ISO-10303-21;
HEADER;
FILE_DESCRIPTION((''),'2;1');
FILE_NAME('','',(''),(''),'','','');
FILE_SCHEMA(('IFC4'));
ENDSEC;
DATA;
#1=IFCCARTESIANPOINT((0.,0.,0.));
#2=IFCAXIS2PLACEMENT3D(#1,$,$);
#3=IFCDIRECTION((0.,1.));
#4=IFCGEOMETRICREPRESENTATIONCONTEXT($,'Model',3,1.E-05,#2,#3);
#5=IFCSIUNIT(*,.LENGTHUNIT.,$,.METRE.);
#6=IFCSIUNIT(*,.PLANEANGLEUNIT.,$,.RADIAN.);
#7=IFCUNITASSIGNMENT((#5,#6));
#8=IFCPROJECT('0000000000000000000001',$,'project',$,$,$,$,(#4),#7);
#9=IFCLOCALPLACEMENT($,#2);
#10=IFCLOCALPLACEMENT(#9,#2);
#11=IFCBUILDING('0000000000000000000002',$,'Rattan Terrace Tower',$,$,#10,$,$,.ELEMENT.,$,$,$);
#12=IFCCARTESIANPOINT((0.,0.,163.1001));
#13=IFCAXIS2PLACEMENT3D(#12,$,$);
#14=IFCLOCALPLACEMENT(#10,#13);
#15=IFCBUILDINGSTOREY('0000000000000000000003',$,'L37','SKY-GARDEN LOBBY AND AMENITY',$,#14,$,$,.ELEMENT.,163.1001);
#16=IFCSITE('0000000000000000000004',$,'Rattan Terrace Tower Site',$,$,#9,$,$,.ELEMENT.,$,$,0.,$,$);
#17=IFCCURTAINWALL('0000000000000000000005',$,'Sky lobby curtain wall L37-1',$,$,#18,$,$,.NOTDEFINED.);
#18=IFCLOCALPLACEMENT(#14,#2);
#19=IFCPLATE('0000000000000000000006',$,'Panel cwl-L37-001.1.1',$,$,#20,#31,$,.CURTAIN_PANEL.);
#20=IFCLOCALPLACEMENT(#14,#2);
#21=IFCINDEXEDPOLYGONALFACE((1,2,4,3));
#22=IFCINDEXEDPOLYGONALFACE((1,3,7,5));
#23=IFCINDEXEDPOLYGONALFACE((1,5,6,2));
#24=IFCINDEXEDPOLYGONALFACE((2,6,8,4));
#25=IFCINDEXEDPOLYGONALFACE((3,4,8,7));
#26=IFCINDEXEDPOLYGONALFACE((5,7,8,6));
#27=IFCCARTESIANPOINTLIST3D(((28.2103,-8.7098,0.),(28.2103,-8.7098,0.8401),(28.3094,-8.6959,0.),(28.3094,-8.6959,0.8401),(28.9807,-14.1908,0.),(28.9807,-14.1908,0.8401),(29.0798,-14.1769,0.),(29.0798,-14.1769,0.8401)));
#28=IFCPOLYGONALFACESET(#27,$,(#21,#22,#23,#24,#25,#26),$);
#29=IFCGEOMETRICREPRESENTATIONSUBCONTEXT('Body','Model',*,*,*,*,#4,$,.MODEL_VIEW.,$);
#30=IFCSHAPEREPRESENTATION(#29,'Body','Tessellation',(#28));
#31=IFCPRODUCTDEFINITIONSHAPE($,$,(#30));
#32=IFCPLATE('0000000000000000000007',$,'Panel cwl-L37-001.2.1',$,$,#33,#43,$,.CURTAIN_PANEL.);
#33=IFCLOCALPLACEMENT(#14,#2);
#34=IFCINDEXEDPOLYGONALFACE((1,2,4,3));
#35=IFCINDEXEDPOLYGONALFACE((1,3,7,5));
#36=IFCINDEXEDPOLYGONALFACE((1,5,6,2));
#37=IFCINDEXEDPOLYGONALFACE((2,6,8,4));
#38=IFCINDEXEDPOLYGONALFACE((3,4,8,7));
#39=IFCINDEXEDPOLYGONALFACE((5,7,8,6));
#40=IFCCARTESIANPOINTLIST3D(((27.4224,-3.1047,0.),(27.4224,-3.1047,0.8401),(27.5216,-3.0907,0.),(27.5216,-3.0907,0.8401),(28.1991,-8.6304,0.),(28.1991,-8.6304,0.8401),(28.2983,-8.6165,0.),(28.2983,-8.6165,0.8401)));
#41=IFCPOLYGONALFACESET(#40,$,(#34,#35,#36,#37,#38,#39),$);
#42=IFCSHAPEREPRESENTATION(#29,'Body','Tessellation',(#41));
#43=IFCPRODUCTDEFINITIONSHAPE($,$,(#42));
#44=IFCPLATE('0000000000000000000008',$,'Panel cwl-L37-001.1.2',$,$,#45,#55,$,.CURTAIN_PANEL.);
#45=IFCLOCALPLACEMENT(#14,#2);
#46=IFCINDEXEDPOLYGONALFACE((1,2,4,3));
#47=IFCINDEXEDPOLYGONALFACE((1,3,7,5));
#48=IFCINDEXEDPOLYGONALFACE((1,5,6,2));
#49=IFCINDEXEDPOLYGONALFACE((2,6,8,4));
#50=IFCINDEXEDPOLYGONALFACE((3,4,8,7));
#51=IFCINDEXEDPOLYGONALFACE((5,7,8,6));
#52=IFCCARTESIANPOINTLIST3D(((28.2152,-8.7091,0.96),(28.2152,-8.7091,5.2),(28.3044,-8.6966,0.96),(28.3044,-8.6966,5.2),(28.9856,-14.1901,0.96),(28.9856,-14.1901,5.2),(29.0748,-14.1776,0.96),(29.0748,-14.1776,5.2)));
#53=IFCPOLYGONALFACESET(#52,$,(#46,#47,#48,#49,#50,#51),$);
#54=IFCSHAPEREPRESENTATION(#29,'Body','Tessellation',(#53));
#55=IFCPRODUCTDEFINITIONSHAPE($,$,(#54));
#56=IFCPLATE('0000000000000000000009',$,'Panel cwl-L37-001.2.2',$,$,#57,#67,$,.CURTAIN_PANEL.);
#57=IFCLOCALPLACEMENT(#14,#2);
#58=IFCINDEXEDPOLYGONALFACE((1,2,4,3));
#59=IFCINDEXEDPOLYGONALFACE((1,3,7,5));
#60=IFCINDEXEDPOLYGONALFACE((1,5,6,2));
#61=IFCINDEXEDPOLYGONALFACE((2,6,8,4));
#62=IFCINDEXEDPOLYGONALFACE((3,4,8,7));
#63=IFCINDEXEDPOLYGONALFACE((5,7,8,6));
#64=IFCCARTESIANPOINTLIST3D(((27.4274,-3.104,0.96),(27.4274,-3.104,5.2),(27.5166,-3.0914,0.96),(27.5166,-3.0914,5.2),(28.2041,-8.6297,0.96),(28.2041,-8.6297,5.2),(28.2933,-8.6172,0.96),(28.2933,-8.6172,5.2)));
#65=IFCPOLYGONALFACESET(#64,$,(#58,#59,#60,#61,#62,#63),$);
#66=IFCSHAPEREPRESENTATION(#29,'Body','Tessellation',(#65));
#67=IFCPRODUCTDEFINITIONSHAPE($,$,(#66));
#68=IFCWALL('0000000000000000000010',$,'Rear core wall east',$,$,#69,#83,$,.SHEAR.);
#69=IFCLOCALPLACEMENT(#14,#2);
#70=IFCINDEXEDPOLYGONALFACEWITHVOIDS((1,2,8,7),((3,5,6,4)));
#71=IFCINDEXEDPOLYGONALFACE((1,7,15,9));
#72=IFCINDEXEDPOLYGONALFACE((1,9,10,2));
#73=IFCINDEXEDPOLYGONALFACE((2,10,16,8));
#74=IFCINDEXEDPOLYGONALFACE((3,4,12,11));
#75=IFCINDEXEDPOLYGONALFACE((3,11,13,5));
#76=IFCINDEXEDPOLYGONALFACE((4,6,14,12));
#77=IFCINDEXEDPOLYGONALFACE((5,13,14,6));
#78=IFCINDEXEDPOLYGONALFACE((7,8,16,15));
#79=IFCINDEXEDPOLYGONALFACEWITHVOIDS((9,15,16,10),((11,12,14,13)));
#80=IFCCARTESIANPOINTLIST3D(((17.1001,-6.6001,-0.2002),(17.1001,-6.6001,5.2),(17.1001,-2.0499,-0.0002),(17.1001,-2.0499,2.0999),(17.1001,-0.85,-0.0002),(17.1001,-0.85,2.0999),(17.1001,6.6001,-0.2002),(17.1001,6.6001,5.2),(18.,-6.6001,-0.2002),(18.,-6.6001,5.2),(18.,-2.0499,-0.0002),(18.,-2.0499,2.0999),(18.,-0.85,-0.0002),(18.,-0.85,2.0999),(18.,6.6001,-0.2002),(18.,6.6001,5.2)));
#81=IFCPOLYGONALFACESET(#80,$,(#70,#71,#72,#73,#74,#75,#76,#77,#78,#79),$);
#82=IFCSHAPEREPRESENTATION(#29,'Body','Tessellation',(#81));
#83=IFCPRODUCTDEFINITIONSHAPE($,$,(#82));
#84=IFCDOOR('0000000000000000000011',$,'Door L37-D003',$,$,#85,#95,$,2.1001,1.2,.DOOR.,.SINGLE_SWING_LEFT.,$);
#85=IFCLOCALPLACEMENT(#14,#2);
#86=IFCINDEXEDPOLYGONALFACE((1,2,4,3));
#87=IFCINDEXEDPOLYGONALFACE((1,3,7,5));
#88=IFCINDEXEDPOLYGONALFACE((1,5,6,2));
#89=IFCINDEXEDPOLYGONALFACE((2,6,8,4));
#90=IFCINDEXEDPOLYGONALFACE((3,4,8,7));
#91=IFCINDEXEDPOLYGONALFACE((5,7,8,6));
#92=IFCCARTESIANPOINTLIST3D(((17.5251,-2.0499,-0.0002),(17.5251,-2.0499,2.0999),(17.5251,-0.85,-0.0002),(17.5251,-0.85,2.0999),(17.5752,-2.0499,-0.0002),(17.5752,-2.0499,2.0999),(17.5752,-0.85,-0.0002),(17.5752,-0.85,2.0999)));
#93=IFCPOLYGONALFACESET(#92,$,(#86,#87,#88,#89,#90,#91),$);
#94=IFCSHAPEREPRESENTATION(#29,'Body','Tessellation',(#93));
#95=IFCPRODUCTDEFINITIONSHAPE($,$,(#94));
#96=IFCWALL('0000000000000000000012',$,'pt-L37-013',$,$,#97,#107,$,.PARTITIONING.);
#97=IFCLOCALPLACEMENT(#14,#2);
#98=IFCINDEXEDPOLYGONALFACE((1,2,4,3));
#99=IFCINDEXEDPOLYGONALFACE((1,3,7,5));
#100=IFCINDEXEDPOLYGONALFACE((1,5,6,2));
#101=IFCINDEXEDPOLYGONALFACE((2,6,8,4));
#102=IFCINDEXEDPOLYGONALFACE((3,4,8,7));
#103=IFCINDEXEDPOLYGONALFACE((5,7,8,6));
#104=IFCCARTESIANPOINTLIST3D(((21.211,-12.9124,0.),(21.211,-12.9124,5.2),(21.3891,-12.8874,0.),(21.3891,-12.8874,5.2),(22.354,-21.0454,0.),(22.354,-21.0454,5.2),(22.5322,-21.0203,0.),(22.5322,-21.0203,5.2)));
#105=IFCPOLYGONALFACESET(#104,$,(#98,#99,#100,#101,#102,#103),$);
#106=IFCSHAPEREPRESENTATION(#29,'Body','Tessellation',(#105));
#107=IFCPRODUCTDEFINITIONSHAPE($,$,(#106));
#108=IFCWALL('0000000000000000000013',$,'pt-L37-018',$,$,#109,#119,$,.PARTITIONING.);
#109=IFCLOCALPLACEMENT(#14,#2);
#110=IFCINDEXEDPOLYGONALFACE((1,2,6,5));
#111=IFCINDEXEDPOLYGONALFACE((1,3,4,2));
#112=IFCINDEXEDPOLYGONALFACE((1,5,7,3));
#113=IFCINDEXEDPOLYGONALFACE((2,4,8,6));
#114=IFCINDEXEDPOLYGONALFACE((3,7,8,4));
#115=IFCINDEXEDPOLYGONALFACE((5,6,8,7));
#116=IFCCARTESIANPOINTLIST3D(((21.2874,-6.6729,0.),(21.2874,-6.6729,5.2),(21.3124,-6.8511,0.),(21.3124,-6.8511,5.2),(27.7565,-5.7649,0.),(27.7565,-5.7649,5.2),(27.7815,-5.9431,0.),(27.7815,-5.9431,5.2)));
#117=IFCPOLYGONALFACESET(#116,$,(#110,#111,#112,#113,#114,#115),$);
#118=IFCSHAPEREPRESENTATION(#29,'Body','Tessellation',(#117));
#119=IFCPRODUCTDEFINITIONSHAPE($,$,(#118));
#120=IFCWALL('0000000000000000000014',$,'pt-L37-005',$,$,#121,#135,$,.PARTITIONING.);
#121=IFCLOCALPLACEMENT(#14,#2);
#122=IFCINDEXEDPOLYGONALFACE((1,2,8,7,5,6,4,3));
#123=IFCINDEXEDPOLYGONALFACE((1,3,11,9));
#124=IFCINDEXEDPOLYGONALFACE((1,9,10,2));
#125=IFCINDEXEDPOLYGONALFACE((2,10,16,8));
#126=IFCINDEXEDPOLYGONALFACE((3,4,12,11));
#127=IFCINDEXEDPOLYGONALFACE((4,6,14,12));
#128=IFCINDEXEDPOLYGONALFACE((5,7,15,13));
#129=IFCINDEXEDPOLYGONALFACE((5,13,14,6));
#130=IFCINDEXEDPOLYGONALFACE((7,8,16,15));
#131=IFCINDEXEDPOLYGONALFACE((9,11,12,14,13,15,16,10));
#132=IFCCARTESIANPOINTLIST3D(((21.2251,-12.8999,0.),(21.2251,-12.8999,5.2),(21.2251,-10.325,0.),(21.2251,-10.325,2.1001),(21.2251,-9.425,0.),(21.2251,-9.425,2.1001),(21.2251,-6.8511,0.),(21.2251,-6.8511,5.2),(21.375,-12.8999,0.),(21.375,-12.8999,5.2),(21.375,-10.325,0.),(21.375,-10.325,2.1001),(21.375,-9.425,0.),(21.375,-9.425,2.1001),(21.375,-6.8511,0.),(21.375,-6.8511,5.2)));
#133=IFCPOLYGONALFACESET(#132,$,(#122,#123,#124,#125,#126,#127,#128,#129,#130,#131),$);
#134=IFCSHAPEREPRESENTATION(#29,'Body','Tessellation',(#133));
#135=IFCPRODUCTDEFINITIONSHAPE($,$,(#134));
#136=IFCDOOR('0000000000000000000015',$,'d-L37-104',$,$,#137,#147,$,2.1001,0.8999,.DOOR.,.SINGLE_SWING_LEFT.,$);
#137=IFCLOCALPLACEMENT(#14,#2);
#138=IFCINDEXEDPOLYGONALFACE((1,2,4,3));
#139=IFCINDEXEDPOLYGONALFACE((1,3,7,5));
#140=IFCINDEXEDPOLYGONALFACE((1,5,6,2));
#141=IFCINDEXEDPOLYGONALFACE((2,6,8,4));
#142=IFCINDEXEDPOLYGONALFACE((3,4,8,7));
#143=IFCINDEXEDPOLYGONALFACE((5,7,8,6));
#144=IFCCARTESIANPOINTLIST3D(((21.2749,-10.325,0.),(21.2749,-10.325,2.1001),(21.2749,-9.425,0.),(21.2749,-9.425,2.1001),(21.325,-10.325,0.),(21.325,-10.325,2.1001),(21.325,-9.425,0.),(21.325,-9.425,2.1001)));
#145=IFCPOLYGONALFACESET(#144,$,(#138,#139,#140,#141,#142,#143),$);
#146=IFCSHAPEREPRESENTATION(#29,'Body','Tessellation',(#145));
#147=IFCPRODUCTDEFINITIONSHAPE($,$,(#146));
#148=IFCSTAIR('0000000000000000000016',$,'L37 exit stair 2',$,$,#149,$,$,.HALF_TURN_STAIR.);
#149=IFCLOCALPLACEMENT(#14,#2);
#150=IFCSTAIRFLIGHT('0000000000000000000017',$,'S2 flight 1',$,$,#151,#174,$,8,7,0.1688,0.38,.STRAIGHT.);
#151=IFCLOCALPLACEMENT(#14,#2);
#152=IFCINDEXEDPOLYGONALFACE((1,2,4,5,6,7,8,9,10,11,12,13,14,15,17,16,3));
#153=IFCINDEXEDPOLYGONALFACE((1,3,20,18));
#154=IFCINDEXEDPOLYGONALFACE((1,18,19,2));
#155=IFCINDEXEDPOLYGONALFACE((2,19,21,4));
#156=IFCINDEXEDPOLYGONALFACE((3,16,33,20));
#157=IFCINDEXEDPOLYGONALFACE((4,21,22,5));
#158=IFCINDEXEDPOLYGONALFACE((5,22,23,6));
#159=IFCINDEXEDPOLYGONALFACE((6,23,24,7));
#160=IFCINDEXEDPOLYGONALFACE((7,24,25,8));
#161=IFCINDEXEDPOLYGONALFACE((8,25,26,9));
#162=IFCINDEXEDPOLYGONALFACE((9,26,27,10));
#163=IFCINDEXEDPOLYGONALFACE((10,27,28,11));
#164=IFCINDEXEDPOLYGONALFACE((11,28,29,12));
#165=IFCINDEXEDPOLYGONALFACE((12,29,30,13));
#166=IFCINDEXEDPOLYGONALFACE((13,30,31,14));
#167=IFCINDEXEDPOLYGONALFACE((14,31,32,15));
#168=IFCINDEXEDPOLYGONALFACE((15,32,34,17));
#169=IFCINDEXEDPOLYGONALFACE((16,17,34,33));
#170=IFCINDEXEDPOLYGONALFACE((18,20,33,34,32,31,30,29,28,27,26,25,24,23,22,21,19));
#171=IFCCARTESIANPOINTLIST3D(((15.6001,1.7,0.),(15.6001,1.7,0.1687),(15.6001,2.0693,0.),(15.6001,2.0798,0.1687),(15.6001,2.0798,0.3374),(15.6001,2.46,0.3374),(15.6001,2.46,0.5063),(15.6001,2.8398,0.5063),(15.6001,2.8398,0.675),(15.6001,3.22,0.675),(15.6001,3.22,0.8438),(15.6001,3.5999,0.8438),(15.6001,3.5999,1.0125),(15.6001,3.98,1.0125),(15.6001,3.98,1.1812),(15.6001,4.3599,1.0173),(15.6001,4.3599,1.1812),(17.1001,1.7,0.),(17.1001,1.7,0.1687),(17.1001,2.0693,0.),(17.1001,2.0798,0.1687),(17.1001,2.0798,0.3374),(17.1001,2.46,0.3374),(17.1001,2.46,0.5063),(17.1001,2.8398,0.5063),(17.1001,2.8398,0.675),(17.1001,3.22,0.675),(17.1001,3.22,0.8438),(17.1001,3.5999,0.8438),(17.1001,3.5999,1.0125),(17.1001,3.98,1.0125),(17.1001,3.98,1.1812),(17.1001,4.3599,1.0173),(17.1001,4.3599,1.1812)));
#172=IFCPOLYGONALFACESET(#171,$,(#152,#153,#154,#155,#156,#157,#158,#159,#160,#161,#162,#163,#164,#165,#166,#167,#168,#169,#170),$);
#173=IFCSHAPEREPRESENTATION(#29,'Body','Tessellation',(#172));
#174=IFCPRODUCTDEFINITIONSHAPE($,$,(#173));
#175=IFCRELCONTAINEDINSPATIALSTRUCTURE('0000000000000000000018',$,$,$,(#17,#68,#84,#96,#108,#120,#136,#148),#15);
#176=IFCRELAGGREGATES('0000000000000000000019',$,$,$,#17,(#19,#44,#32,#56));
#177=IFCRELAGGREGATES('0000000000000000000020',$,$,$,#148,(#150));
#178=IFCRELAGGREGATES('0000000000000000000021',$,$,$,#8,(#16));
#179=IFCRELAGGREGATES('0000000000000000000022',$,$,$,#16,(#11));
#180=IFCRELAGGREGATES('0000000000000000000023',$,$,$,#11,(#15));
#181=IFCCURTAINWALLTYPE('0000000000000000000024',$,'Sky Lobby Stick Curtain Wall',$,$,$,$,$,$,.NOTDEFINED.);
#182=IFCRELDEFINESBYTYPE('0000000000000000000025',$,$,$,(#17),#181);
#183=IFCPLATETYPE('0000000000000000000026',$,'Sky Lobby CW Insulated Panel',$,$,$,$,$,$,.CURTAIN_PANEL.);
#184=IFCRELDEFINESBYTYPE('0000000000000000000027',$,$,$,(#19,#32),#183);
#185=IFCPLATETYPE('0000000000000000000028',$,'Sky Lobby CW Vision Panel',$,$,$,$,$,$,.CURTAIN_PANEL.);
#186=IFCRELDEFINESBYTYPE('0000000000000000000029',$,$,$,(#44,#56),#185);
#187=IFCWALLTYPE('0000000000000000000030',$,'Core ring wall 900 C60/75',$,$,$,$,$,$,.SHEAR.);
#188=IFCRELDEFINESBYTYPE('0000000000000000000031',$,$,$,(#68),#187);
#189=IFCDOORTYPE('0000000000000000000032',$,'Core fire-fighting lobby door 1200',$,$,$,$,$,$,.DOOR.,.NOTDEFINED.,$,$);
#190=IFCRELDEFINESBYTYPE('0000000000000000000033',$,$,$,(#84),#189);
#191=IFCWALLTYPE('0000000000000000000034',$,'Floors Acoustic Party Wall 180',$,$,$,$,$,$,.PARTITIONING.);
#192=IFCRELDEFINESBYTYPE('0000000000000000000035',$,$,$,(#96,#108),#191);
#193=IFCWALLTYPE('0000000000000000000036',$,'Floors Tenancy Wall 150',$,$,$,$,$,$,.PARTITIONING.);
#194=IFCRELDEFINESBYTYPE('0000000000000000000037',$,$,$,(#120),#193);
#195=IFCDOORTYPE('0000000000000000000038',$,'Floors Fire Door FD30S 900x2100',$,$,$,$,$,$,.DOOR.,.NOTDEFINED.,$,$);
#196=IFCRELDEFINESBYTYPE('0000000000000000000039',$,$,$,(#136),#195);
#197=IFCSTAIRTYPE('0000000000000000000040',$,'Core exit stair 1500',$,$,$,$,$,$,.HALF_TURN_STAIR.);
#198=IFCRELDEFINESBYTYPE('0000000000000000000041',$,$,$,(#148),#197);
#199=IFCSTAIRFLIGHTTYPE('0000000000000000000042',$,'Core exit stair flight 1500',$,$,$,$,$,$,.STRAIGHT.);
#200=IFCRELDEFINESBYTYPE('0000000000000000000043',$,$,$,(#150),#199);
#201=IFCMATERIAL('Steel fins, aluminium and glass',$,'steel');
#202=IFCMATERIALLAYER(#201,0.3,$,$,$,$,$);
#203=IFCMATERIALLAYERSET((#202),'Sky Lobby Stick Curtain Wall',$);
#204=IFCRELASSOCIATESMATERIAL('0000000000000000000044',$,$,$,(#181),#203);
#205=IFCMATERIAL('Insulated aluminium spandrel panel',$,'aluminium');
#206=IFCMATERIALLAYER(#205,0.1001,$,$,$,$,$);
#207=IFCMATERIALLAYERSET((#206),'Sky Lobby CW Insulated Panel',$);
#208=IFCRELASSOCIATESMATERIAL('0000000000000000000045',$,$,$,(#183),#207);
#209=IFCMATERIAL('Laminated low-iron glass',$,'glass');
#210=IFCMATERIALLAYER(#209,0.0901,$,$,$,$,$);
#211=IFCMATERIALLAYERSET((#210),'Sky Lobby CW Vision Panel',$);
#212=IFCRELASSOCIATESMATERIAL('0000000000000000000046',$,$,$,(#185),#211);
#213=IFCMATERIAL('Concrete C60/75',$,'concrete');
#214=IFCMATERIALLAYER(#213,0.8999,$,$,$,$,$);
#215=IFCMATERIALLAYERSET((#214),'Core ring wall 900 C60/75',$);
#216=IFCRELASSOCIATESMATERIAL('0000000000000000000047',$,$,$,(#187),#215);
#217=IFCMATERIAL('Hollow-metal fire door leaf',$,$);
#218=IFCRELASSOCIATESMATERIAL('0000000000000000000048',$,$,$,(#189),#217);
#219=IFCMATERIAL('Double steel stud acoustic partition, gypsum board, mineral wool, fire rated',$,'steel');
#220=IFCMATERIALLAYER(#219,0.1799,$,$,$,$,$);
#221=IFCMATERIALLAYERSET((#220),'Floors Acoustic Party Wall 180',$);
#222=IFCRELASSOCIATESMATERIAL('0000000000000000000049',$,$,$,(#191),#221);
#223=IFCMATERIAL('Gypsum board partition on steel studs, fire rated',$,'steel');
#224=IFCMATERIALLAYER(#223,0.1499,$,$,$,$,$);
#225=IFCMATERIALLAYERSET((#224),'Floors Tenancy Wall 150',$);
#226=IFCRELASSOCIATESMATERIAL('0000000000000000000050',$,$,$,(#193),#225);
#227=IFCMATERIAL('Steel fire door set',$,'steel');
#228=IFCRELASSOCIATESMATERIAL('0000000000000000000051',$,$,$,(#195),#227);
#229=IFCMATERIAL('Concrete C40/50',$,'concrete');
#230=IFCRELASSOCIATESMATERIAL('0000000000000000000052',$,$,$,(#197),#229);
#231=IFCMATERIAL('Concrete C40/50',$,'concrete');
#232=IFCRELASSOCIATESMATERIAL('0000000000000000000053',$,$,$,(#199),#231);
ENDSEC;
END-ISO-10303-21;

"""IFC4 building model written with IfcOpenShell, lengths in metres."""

from ifc_helpers import new_model, si_unit, direction, frame, frame_2d, origin, origin_2d, place, context, subcontext, project, spatial, polyline, rectangle, outline, extrude, material, layer, layer_set, type_object, element, fill, aggregate, save


model = new_model("IFC4")

# Units and contexts
model_context = context("Model", 3, precision=1e-05, world=origin(), true_north=direction((0.0, 1.0)))
body_context = subcontext(model_context, "Body", "Model", "MODEL_VIEW")
ifc_project = project(units=[si_unit("LENGTHUNIT", "METRE"), si_unit("PLANEANGLEUNIT", "RADIAN")], contexts=[model_context])

# Site, building, storey
site_placement = place(None, origin())
site = spatial("IfcSite", under=ifc_project, at=site_placement, Name="Rattan Terrace Tower Site", CompositionType="ELEMENT", RefElevation=0.0)
building_placement = place(site_placement, origin())
building = spatial("IfcBuilding", under=site, at=building_placement, Name="Rattan Terrace Tower", CompositionType="ELEMENT")
storey_placement = place(building_placement, frame((0.0, 0.0, 163.1001)))
storey = spatial("IfcBuildingStorey", under=building, at=storey_placement, Name="L37", Description="SKY-GARDEN LOBBY AND AMENITY", CompositionType="ELEMENT", Elevation=163.1001)

# Curtain wall
ifc_material_1 = material(Name="Steel fins, aluminium and glass", Category="steel")
ifc_layer_1 = layer(ifc_material_1, 0.3)
ifc_layer_set_1 = layer_set([ifc_layer_1], Name="Sky Lobby Stick Curtain Wall")
curtain_wall_type = type_object("IfcCurtainWallType", Name="Sky Lobby Stick Curtain Wall", PredefinedType="NOTDEFINED", material=ifc_layer_set_1)
curtain_wall_1_placement = place(storey_placement, origin())
curtain_wall_1 = element("IfcCurtainWall", 1, at=curtain_wall_1_placement, inside=storey, type_object=curtain_wall_type, Name="Sky lobby curtain wall L37-1", PredefinedType="NOTDEFINED")

# Plates
ifc_material_2 = material(Name="Insulated aluminium spandrel panel", Category="aluminium")
ifc_layer_2 = layer(ifc_material_2, 0.1001)
ifc_layer_set_2 = layer_set([ifc_layer_2], Name="Sky Lobby CW Insulated Panel")
plate_type_1 = type_object("IfcPlateType", Name="Sky Lobby CW Insulated Panel", PredefinedType="CURTAIN_PANEL", material=ifc_layer_set_2)
plate_1_placement = place(storey_placement, frame((28.645, -11.4434, 0.0), z_axis=(0.0, 0.0, 1.0), x_axis=(-0.139191, 0.990266, 0.0)))
plate_1 = element("IfcPlate", 2, at=plate_1_placement, type_object=plate_type_1, Name="Panel cwl-L37-001.1.1", PredefinedType="CURTAIN_PANEL", context=body_context, shape_type="SweptSolid", body=[
    extrude(rectangle(XDim=5.5349, YDim=0.1001, at=origin_2d()), origin(), (0.0, 0.0, 1.0), 0.8401),
])
plate_2_placement = place(storey_placement, frame((27.8604, -5.8606, 0.0), z_axis=(0.0, 0.0, 1.0), x_axis=(-0.139191, 0.990266, 0.0)))
plate_2 = element("IfcPlate", 3, at=plate_2_placement, type_object=plate_type_1, Name="Panel cwl-L37-001.2.1", PredefinedType="CURTAIN_PANEL", context=body_context, shape_type="SweptSolid", body=[
    extrude(rectangle(XDim=5.5801, YDim=0.1001, at=origin_2d()), origin(), (0.0, 0.0, 1.0), 0.8401),
])
ifc_material_3 = material(Name="Laminated low-iron glass", Category="glass")
ifc_layer_3 = layer(ifc_material_3, 0.0901)
ifc_layer_set_3 = layer_set([ifc_layer_3], Name="Sky Lobby CW Vision Panel")
plate_type_2 = type_object("IfcPlateType", Name="Sky Lobby CW Vision Panel", PredefinedType="CURTAIN_PANEL", material=ifc_layer_set_3)
plate_3_placement = place(storey_placement, frame((28.645, -11.4434, 0.96), z_axis=(0.0, 0.0, 1.0), x_axis=(-0.139191, 0.990266, 0.0)))
plate_3 = element("IfcPlate", 4, at=plate_3_placement, type_object=plate_type_2, Name="Panel cwl-L37-001.1.2", PredefinedType="CURTAIN_PANEL", context=body_context, shape_type="SweptSolid", body=[
    extrude(rectangle(XDim=5.5349, YDim=0.0901, at=origin_2d()), origin(), (0.0, 0.0, 1.0), 4.24),
])
plate_4_placement = place(storey_placement, frame((27.8604, -5.8606, 0.96), z_axis=(0.0, 0.0, 1.0), x_axis=(-0.139191, 0.990266, 0.0)))
plate_4 = element("IfcPlate", 5, at=plate_4_placement, type_object=plate_type_2, Name="Panel cwl-L37-001.2.2", PredefinedType="CURTAIN_PANEL", context=body_context, shape_type="SweptSolid", body=[
    extrude(rectangle(XDim=5.5801, YDim=0.0901, at=origin_2d()), origin(), (0.0, 0.0, 1.0), 4.24),
])
aggregate(curtain_wall_1, [plate_1, plate_3, plate_2, plate_4])

# Wall, opening, door
ifc_material_4 = material(Name="Concrete C60/75", Category="concrete")
ifc_layer_4 = layer(ifc_material_4, 0.8999)
ifc_layer_set_4 = layer_set([ifc_layer_4], Name="Core ring wall 900 C60/75")
wall_type_1 = type_object("IfcWallType", Name="Core ring wall 900 C60/75", PredefinedType="SHEAR", material=ifc_layer_set_4)
wall_1_placement = place(storey_placement, frame((17.55, -6.6001, -0.2002), z_axis=(0.0, 0.0, 1.0), x_axis=(0.0, 1.0, 0.0)))
wall_1 = element("IfcWall", 6, at=wall_1_placement, inside=storey, type_object=wall_type_1, Name="Rear core wall east", PredefinedType="SHEAR", context=body_context, shape_type="SweptSolid", body=[
    extrude(rectangle(XDim=13.2002, YDim=0.8999, at=frame_2d((6.6001, 0.0))), origin(), (0.0, 0.0, 1.0), 5.4001),
])
opening_1_placement = place(wall_1_placement, frame((4.55, 0.0, 0.2)))
opening_1 = element("IfcOpeningElement", 7, at=opening_1_placement, cuts=wall_1, PredefinedType="OPENING", context=body_context, shape_type="SweptSolid", body=[
    extrude(rectangle(XDim=1.2, YDim=2.1001, at=frame_2d((0.6001, 1.05))), frame((0.0, 0.4604, 0.0), z_axis=(0.0, -1.0, 0.0), x_axis=(1.0, 0.0, 0.0)), (0.0, 0.0, 1.0), 0.9209),
])
ifc_material_5 = material(Name="Hollow-metal fire door leaf")
door_type_1 = type_object("IfcDoorType", Name="Core fire-fighting lobby door 1200", OperationType="NOTDEFINED", PredefinedType="DOOR", material=ifc_material_5)
door_1_placement = place(opening_1_placement, origin())
door_1 = element("IfcDoor", 8, at=door_1_placement, inside=storey, type_object=door_type_1, Name="Door L37-D003", OperationType="SINGLE_SWING_LEFT", OverallHeight=2.1001, OverallWidth=1.2, PredefinedType="DOOR", context=body_context, shape_type="SweptSolid", body=[
    extrude(rectangle(XDim=1.2, YDim=2.1001, at=frame_2d((0.6001, 1.05))), frame((0.0, 0.0249, 0.0), z_axis=(0.0, -1.0, 0.0), x_axis=(1.0, 0.0, 0.0)), (0.0, 0.0, 1.0), 0.05),
])
fill(opening_1, door_1)

# Walls
ifc_material_6 = material(Name="Double steel stud acoustic partition, gypsum board, mineral wool, fire rated", Category="steel")
ifc_layer_5 = layer(ifc_material_6, 0.1799)
ifc_layer_set_5 = layer_set([ifc_layer_5], Name="Floors Acoustic Party Wall 180")
wall_type_2 = type_object("IfcWallType", Name="Floors Acoustic Party Wall 180", PredefinedType="PARTITIONING", material=ifc_layer_set_5)
wall_2_placement = place(storey_placement, frame((21.3, -12.8999, 0.0), z_axis=(0.0, 0.0, 1.0), x_axis=(0.139178, -0.990267, 0.0)))
element("IfcWall", 9, at=wall_2_placement, inside=storey, type_object=wall_type_2, Name="pt-L37-013", PredefinedType="PARTITIONING", context=body_context, shape_type="SweptSolid", body=[
    extrude(rectangle(XDim=8.2129, YDim=0.1799, at=frame_2d((4.1064, 0.0))), origin(), (0.0, 0.0, 1.0), 5.2),
])
wall_3_placement = place(storey_placement, frame((21.3, -6.762, 0.0), z_axis=(0.0, 0.0, 1.0), x_axis=(0.990293, 0.138993, 0.0)))
element("IfcWall", 10, at=wall_3_placement, inside=storey, type_object=wall_type_2, Name="pt-L37-018", PredefinedType="PARTITIONING", context=body_context, shape_type="SweptSolid", body=[
    extrude(rectangle(XDim=6.5325, YDim=0.1799, at=frame_2d((3.2661, 0.0))), origin(), (0.0, 0.0, 1.0), 5.2),
])

# Wall, opening, door
ifc_material_7 = material(Name="Gypsum board partition on steel studs, fire rated", Category="steel")
ifc_layer_6 = layer(ifc_material_7, 0.1499)
ifc_layer_set_6 = layer_set([ifc_layer_6], Name="Floors Tenancy Wall 150")
wall_type_3 = type_object("IfcWallType", Name="Floors Tenancy Wall 150", PredefinedType="PARTITIONING", material=ifc_layer_set_6)
wall_4_placement = place(storey_placement, frame((21.3, -6.8511, 0.0), z_axis=(0.0, 0.0, 1.0), x_axis=(0.0, -1.0, 0.0)))
wall_4 = element("IfcWall", 11, at=wall_4_placement, inside=storey, type_object=wall_type_3, Name="pt-L37-005", PredefinedType="PARTITIONING", context=body_context, shape_type="SweptSolid", body=[
    extrude(rectangle(XDim=6.0488, YDim=0.1499, at=frame_2d((3.0244, 0.0))), origin(), (0.0, 0.0, 1.0), 5.2),
])
opening_2_placement = place(wall_4_placement, frame((2.574, 0.0, 0.0)))
opening_2 = element("IfcOpeningElement", 12, at=opening_2_placement, cuts=wall_4, PredefinedType="OPENING", context=body_context, shape_type="SweptSolid", body=[
    extrude(rectangle(XDim=0.8999, YDim=2.1001, at=frame_2d((0.45, 1.05))), frame((0.0, 0.0854, 0.0), z_axis=(0.0, -1.0, 0.0), x_axis=(1.0, 0.0, 0.0)), (0.0, 0.0, 1.0), 0.1709),
])
ifc_material_8 = material(Name="Steel fire door set", Category="steel")
door_type_2 = type_object("IfcDoorType", Name="Floors Fire Door FD30S 900x2100", OperationType="NOTDEFINED", PredefinedType="DOOR", material=ifc_material_8)
door_2_placement = place(opening_2_placement, origin())
door_2 = element("IfcDoor", 13, at=door_2_placement, inside=storey, type_object=door_type_2, Name="d-L37-104", OperationType="SINGLE_SWING_LEFT", OverallHeight=2.1001, OverallWidth=0.8999, PredefinedType="DOOR", context=body_context, shape_type="SweptSolid", body=[
    extrude(rectangle(XDim=0.8999, YDim=2.1001, at=frame_2d((0.45, 1.05))), frame((0.0, 0.0249, 0.0), z_axis=(0.0, -1.0, 0.0), x_axis=(1.0, 0.0, 0.0)), (0.0, 0.0, 1.0), 0.05),
])
fill(opening_2, door_2)

# Stair, stair flight
ifc_material_9 = material(Name="Concrete C40/50", Category="concrete")
stair_type = type_object("IfcStairType", Name="Core exit stair 1500", PredefinedType="HALF_TURN_STAIR", material=ifc_material_9)
stair_placement = place(storey_placement, origin())
stair = element("IfcStair", 14, at=stair_placement, inside=storey, type_object=stair_type, Name="L37 exit stair 2", PredefinedType="HALF_TURN_STAIR")
ifc_material_10 = material(Name="Concrete C40/50", Category="concrete")
stair_flight_type = type_object("IfcStairFlightType", Name="Core exit stair flight 1500", PredefinedType="STRAIGHT", material=ifc_material_10)
stair_flight_1_placement = place(storey_placement, frame((16.3501, 1.7, 0.0), z_axis=(0.0, 0.0, 1.0), x_axis=(0.0, 1.0, 0.0)))
stair_flight_1 = element("IfcStairFlight", 15, at=stair_flight_1_placement, type_object=stair_flight_type, Name="S2 flight 1", NumberOfRisers=8, NumberOfTreads=7, PredefinedType="STRAIGHT", RiserHeight=0.1688, TreadLength=0.38, context=body_context, shape_type="SweptSolid", body=[
    extrude(outline(polyline([(0.0, 0.0), (0.0, 0.1687), (0.3799, 0.1687), (0.3799, 0.3374), (0.76, 0.3374), (0.76, 0.5063), (1.1399, 0.5063), (1.1399, 0.675), (1.52, 0.675), (1.52, 0.8438), (1.8999, 0.8438), (1.8999, 1.0125), (2.28, 1.0125), (2.28, 1.1812), (2.6599, 1.1812), (2.6599, 1.3501), (2.6599, 1.0173), (0.3694, 0.0), (0.0, 0.0)])), frame((0.0, 0.75, 0.0), z_axis=(0.0, -1.0, 0.0), x_axis=(1.0, 0.0, 0.0)), (0.0, 0.0, 1.0), 1.5),
])
aggregate(stair, [stair_flight_1])

save(model, "model.ifc")
